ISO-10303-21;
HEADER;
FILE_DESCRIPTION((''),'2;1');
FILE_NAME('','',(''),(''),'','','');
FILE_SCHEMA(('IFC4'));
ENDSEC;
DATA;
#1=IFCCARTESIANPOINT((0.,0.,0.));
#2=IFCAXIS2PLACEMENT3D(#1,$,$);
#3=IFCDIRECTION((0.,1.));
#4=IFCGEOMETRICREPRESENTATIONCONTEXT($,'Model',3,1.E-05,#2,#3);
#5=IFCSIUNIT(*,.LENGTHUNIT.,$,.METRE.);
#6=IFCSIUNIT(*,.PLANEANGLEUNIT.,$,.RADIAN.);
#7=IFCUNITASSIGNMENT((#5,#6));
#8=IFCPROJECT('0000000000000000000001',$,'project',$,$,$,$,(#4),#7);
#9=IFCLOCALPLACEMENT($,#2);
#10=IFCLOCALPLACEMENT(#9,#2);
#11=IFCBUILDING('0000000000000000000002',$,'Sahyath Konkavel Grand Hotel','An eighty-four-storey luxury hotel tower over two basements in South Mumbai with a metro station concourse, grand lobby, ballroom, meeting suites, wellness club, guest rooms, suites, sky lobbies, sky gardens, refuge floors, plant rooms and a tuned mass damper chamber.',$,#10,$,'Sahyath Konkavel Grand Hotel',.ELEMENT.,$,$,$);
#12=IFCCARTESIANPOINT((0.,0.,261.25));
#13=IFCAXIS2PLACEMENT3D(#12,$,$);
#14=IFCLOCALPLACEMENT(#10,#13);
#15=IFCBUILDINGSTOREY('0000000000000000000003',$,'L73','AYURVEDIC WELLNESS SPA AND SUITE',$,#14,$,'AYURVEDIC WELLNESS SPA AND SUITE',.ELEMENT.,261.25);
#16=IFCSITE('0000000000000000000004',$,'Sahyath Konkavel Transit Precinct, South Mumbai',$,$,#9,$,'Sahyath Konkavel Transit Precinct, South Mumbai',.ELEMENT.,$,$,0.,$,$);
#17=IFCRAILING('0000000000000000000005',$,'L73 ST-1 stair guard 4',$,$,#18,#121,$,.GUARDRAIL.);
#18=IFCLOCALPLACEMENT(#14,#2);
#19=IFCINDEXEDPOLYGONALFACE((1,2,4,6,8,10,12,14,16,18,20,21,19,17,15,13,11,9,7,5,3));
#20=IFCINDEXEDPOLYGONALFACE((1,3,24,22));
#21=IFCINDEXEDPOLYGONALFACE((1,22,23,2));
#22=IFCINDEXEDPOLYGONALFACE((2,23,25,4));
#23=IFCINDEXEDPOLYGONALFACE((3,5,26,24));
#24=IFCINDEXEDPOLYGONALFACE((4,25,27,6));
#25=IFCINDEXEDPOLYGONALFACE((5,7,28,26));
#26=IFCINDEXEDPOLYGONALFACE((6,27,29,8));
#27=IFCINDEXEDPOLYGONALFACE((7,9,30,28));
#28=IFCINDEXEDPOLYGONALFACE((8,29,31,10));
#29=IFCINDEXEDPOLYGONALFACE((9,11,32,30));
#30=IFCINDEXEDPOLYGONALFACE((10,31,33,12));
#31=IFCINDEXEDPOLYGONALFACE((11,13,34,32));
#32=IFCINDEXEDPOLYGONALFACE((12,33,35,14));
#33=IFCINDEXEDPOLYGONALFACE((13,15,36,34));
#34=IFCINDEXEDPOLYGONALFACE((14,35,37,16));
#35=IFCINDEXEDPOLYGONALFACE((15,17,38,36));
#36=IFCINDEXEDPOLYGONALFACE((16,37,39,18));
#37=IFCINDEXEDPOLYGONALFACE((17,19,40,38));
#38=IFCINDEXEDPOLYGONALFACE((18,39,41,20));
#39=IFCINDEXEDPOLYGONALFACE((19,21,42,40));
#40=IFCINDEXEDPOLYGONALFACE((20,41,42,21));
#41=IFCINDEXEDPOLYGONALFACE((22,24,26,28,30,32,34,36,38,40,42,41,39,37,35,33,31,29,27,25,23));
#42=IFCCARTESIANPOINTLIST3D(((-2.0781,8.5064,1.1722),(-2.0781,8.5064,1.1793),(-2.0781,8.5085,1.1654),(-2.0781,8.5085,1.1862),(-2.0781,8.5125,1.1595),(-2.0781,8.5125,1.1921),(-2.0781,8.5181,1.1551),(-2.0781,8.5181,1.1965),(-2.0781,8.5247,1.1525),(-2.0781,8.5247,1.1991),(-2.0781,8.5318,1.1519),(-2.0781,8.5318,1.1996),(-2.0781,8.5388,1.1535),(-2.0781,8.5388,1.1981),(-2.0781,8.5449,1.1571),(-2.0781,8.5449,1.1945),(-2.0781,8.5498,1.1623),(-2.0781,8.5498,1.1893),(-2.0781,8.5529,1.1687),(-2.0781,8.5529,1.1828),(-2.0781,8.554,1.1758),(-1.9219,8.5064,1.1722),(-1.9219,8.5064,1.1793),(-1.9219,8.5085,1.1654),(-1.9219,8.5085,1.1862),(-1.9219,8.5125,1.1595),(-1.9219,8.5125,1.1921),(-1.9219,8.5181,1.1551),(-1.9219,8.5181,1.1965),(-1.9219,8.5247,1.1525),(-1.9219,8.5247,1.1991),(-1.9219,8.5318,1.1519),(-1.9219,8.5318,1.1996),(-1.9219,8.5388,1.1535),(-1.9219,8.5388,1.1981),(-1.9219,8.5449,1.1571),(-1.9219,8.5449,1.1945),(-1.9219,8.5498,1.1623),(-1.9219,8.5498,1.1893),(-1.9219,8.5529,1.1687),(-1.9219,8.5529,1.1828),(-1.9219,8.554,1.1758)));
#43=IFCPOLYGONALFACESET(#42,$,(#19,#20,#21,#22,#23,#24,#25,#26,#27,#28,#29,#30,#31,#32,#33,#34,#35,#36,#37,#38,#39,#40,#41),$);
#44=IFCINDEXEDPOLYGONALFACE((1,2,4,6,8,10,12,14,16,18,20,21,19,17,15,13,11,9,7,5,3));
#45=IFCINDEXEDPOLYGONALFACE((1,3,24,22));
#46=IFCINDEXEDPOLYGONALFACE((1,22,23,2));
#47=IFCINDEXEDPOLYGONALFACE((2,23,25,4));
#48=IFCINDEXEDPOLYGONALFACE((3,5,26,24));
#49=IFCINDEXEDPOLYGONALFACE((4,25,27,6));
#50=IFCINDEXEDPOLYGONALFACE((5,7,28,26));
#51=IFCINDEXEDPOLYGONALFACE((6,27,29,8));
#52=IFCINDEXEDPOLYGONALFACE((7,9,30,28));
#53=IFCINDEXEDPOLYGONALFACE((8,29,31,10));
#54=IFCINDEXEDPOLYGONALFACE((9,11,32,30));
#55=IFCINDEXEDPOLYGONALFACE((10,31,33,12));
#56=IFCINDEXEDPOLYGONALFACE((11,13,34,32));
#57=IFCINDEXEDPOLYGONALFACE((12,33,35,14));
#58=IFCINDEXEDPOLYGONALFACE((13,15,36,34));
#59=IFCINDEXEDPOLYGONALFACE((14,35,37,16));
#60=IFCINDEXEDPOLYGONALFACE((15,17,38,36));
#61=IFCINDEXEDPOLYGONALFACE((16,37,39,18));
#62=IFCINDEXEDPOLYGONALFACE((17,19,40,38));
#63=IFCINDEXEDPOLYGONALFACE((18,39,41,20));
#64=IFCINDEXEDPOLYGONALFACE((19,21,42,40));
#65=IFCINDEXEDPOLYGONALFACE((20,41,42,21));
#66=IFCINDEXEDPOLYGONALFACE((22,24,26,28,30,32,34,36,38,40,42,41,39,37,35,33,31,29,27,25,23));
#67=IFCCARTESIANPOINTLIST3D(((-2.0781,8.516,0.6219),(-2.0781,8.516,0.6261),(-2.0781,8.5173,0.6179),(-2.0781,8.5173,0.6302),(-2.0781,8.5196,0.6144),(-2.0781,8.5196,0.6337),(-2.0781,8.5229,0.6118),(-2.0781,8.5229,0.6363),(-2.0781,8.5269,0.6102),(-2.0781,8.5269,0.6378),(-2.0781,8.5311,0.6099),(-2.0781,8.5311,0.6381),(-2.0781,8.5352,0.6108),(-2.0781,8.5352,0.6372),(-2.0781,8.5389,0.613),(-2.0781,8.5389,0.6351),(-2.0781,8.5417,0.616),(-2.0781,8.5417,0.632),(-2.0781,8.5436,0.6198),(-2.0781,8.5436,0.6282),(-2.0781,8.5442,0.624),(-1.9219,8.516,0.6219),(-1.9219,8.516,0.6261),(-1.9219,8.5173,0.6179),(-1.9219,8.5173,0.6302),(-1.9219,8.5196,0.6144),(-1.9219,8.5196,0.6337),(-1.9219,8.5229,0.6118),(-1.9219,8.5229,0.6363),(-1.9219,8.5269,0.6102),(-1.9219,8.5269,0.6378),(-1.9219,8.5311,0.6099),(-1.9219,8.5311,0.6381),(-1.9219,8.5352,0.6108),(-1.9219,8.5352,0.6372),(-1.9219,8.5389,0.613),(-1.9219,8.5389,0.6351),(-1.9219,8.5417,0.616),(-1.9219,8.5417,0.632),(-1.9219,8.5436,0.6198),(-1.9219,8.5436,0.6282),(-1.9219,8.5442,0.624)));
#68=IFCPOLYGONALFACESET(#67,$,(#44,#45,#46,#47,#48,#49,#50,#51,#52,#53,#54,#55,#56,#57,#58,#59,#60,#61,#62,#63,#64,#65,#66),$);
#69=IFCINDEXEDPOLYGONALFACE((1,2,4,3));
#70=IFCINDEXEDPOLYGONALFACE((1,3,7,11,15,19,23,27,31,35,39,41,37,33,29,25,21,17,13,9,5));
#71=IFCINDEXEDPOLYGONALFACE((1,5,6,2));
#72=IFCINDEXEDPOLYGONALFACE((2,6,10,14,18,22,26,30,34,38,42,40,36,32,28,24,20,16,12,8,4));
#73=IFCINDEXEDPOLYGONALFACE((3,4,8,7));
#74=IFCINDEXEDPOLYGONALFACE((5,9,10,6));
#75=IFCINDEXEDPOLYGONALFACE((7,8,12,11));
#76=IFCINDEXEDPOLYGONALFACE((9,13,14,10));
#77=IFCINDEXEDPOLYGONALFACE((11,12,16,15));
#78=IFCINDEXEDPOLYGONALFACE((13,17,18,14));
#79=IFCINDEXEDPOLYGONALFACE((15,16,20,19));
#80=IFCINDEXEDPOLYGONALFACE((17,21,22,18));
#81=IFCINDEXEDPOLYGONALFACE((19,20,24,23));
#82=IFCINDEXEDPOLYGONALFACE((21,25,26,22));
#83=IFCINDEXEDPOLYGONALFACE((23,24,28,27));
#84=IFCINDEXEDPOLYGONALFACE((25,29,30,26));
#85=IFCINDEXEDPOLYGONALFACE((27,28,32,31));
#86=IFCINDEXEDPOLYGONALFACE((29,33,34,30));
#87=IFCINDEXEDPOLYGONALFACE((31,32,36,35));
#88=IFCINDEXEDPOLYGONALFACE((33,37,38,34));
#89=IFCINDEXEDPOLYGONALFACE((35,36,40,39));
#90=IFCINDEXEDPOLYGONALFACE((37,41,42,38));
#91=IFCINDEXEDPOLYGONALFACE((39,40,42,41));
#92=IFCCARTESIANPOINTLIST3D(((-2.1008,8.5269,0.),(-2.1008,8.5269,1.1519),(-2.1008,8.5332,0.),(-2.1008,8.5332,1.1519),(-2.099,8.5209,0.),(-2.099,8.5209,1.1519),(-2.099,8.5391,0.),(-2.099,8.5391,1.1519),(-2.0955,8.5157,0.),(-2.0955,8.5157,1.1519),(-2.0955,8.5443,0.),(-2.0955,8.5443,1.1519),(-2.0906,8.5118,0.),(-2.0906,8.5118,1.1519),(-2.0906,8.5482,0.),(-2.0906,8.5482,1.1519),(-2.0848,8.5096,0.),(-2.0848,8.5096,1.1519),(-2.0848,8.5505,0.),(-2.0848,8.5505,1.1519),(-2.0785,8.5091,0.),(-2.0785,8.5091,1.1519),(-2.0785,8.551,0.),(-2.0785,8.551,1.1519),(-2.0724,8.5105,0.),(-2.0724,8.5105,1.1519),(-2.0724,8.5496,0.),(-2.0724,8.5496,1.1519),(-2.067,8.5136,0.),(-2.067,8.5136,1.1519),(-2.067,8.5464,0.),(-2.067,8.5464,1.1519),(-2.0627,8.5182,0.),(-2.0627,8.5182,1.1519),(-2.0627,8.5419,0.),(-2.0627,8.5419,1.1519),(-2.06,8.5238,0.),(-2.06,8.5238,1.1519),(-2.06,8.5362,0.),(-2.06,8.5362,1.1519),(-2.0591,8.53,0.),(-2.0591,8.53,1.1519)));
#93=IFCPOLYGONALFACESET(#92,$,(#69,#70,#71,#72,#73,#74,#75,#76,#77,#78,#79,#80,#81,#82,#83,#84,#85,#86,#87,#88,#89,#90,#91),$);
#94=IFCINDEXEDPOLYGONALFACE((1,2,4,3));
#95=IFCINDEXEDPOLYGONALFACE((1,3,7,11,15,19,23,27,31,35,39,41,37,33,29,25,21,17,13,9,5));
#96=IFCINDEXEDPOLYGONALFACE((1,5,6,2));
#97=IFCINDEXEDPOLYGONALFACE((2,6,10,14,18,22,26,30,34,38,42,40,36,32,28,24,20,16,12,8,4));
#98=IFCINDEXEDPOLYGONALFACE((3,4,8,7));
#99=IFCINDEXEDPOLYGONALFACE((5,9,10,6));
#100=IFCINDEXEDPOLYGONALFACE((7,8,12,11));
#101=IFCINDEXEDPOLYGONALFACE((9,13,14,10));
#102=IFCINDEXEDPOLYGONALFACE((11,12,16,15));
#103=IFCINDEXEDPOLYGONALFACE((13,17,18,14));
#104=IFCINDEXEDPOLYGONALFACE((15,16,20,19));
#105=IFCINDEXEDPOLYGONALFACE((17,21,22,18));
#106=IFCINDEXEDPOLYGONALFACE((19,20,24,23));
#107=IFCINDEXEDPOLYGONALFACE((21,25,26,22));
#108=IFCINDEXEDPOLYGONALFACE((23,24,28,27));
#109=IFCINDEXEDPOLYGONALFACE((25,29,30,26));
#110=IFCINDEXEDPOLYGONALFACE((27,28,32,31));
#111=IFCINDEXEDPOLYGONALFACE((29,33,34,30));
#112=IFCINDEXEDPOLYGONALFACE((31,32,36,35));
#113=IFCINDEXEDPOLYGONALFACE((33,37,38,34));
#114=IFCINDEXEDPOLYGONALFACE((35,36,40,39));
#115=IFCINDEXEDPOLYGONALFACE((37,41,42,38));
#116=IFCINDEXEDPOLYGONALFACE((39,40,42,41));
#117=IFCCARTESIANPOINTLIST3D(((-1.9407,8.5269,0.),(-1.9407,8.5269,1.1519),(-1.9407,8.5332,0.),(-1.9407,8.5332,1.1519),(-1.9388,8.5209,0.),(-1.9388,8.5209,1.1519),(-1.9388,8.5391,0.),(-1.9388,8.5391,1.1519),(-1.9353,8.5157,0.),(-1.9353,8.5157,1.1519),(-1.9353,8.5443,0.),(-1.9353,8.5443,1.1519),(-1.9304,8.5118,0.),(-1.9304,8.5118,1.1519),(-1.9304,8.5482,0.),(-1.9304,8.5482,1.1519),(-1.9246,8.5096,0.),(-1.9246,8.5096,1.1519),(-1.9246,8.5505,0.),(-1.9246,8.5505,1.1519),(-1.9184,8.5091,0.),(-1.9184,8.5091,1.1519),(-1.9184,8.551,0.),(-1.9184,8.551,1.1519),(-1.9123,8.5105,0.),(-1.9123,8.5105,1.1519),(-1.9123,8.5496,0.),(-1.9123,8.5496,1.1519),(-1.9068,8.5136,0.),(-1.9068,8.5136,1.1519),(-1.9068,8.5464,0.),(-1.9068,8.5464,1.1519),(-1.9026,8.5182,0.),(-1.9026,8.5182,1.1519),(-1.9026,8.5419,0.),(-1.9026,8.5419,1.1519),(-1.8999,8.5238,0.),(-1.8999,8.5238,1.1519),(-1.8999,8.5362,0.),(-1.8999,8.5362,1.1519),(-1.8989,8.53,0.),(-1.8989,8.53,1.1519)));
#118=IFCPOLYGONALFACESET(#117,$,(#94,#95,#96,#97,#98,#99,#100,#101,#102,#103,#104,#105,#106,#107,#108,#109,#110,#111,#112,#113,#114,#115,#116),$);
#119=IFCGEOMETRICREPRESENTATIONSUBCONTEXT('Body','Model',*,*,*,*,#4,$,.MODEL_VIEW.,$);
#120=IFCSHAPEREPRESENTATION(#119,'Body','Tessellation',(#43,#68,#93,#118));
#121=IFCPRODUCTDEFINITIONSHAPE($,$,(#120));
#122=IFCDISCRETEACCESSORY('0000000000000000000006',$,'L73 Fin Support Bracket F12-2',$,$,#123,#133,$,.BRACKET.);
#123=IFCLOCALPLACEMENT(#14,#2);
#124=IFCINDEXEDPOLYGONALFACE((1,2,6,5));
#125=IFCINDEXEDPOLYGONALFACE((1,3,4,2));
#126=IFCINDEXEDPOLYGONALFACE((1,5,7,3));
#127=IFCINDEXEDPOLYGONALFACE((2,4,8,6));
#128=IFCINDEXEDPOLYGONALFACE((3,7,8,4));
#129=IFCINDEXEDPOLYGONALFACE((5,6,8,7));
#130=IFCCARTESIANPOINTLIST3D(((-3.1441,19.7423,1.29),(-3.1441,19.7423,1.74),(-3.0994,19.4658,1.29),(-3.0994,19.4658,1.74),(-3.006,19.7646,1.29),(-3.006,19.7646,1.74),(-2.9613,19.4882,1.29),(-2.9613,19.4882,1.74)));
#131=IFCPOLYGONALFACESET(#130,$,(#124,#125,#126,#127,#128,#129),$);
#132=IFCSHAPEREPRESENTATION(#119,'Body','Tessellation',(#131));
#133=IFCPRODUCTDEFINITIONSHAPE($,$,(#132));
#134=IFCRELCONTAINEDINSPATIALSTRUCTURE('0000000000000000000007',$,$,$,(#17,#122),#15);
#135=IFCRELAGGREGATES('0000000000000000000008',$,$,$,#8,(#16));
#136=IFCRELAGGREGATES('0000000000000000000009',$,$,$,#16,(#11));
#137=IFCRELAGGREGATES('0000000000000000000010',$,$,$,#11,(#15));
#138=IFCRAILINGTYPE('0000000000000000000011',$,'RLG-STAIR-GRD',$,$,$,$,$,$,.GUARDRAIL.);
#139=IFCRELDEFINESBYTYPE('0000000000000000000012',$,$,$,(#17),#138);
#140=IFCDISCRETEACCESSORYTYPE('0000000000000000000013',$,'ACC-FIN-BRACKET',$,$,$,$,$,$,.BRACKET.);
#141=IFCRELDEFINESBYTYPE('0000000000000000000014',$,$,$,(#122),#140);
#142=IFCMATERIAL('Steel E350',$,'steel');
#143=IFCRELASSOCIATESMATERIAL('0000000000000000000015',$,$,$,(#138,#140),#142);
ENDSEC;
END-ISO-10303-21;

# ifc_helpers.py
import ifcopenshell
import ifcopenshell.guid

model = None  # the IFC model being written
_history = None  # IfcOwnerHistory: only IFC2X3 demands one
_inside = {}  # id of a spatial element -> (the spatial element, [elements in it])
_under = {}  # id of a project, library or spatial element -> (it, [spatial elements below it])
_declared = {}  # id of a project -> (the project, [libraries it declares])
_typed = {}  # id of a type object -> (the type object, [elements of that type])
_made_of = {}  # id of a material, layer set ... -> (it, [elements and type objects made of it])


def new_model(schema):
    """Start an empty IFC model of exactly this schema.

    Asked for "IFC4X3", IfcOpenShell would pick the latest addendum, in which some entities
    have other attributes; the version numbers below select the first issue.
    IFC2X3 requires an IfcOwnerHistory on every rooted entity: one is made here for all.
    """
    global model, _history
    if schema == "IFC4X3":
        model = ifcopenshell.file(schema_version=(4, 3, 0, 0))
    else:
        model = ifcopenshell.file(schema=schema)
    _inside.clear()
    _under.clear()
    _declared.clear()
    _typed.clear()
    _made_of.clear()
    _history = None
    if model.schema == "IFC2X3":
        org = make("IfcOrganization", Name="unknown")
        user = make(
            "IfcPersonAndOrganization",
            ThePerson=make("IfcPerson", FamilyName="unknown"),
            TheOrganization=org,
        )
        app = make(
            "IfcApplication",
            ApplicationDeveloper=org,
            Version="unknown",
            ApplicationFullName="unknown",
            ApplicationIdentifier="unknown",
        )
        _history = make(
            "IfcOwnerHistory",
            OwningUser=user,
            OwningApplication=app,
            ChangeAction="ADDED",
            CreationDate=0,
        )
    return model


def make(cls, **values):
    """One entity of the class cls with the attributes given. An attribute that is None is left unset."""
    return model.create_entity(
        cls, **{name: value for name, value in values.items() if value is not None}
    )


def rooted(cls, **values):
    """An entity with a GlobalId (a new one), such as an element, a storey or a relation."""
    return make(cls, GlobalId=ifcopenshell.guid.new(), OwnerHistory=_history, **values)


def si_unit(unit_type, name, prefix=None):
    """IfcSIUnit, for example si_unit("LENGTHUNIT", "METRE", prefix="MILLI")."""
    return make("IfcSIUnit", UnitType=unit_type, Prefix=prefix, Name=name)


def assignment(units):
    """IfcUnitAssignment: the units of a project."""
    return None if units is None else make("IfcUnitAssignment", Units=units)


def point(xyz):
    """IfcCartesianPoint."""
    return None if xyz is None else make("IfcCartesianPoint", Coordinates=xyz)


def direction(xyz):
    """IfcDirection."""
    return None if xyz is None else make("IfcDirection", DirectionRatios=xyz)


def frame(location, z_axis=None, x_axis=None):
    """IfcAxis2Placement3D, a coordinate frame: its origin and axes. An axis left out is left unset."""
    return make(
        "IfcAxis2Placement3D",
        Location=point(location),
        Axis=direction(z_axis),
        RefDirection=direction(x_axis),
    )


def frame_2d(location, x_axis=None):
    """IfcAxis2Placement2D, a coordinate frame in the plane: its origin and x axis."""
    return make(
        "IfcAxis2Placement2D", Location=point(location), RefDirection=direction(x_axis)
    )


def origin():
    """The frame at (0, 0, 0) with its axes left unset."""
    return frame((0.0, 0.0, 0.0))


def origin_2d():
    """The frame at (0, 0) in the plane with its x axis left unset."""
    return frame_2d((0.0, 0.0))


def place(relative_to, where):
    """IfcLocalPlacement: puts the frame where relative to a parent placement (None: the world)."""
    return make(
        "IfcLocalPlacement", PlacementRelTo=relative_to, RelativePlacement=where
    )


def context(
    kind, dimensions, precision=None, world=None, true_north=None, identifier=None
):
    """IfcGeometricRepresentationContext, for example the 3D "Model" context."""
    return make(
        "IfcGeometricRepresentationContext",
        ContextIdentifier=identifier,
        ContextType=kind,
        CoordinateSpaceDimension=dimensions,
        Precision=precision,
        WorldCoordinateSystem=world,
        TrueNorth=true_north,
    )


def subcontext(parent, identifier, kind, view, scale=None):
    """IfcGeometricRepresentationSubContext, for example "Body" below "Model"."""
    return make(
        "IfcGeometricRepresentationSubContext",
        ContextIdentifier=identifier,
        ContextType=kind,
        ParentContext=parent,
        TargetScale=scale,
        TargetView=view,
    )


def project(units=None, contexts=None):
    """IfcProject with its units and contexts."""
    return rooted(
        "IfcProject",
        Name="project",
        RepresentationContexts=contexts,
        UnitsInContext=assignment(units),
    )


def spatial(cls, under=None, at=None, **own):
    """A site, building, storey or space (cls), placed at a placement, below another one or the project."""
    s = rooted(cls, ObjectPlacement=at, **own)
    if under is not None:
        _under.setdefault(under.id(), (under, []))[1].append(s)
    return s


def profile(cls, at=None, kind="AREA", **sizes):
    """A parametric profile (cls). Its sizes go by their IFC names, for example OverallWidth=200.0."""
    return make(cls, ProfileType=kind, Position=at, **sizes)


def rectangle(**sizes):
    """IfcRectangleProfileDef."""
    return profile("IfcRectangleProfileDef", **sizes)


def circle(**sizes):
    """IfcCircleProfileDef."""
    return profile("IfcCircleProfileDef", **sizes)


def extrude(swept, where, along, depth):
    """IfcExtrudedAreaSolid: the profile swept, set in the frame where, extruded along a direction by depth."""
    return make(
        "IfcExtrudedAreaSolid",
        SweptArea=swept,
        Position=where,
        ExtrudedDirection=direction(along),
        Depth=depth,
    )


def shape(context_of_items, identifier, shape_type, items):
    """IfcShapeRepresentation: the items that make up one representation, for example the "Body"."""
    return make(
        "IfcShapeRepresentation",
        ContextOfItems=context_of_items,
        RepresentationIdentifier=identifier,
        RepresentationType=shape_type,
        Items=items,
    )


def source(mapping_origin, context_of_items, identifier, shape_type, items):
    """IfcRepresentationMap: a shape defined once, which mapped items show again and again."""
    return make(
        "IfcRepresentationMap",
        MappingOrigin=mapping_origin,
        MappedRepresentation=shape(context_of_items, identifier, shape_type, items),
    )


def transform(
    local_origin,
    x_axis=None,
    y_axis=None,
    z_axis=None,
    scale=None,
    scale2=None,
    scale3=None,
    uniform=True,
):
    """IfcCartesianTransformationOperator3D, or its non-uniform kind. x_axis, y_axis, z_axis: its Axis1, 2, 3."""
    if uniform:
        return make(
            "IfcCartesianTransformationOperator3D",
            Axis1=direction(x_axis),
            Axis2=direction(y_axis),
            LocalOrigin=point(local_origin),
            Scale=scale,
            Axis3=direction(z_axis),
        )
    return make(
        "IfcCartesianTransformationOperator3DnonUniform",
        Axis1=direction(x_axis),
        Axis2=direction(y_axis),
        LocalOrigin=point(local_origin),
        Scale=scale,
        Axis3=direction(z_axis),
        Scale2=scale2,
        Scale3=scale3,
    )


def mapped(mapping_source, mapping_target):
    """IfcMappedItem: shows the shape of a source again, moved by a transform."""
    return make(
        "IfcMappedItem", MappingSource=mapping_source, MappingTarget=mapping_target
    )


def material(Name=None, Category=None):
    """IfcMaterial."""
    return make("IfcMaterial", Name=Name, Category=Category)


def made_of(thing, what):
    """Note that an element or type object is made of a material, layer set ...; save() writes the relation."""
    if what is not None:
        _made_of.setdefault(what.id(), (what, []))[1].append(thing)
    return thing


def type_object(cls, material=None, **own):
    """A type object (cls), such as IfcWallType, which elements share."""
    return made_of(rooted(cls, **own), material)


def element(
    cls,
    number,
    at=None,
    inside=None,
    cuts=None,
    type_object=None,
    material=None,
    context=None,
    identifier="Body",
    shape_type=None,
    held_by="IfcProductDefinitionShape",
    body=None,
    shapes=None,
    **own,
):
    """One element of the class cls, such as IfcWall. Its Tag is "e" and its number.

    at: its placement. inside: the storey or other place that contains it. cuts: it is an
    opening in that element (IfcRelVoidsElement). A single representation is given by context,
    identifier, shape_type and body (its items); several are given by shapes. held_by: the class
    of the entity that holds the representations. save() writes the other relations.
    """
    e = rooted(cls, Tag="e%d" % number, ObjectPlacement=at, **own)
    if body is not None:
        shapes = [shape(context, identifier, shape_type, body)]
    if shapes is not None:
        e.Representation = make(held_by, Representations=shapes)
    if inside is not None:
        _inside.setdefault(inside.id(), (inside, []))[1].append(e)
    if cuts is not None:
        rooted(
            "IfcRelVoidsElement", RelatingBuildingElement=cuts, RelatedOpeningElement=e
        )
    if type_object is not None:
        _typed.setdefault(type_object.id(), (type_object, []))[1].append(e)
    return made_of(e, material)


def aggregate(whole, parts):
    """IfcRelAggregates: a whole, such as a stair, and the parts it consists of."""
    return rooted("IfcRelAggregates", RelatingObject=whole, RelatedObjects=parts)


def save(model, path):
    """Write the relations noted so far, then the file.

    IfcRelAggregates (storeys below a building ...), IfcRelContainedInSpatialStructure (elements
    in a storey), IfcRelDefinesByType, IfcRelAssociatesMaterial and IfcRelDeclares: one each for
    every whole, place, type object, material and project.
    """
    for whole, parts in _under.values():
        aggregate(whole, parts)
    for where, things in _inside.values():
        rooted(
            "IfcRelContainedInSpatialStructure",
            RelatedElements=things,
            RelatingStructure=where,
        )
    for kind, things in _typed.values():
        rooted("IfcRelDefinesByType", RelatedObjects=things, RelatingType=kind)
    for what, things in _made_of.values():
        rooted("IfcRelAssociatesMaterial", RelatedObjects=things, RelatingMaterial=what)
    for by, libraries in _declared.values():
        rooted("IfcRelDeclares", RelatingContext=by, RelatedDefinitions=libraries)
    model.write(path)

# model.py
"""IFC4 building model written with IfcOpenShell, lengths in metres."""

from ifc_helpers import new_model, si_unit, direction, frame, origin, origin_2d, place, context, subcontext, project, spatial, rectangle, circle, extrude, source, transform, mapped, material, type_object, element, save


model = new_model("IFC4")

# Units and contexts
model_context = context("Model", 3, precision=1e-05, world=origin(), true_north=direction((0.0, 1.0)))
body_context = subcontext(model_context, "Body", "Model", "MODEL_VIEW")
ifc_project = project(units=[si_unit("LENGTHUNIT", "METRE"), si_unit("PLANEANGLEUNIT", "RADIAN")], contexts=[model_context])

# Site, building, storey
site_placement = place(None, origin())
site = spatial("IfcSite", under=ifc_project, at=site_placement, Name="Sahyath Konkavel Transit Precinct, South Mumbai", LongName="Sahyath Konkavel Transit Precinct, South Mumbai", CompositionType="ELEMENT", RefElevation=0.0)
building_placement = place(site_placement, origin())
building = spatial("IfcBuilding", under=site, at=building_placement, Name="Sahyath Konkavel Grand Hotel", Description="An eighty-four-storey luxury hotel tower over two basements in South Mumbai with a metro station concourse, grand lobby, ballroom, meeting suites, wellness club, guest rooms, suites, sky lobbies, sky gardens, refuge floors, plant rooms and a tuned mass damper chamber.", LongName="Sahyath Konkavel Grand Hotel", CompositionType="ELEMENT")
storey_placement = place(building_placement, frame((0.0, 0.0, 261.25)))
storey = spatial("IfcBuildingStorey", under=building, at=storey_placement, Name="L73", Description="AYURVEDIC WELLNESS SPA AND SUITE", LongName="AYURVEDIC WELLNESS SPA AND SUITE", CompositionType="ELEMENT", Elevation=261.25)

# Shared definitions
ifc_material_1 = material(Name="Steel E350", Category="steel")

# Railing
railing_type = type_object("IfcRailingType", Name="RLG-STAIR-GRD", PredefinedType="GUARDRAIL", material=ifc_material_1)
railing_1_placement = place(storey_placement, frame((-2.0801, 8.53, 0.0)))
element("IfcRailing", 1, at=railing_1_placement, inside=storey, type_object=railing_type, Name="L73 ST-1 stair guard 4", PredefinedType="GUARDRAIL", context=body_context, shape_type="SweptSolid", body=[
    extrude(circle(Radius=0.0239, at=origin_2d()), frame((0.002, 0.0, 1.1758), z_axis=(1.0, 0.0, 0.0), x_axis=(0.0, 1.0, 0.0)), (0.0, 0.0, 1.0), 0.1562),
    extrude(circle(Radius=0.0142, at=origin_2d()), frame((0.002, 0.0, 0.624), z_axis=(1.0, 0.0, 0.0), x_axis=(0.0, 1.0, 0.0)), (0.0, 0.0, 1.0), 0.1562),
    extrude(circle(Radius=0.021, at=origin_2d()), origin(), (0.0, 0.0, 1.0), 1.1519),
    extrude(circle(Radius=0.021, at=origin_2d()), frame((0.1602, 0.0, 0.0)), (0.0, 0.0, 1.0), 1.1519),
])

# Discrete accessory
discrete_accessory_type = type_object("IfcDiscreteAccessoryType", Name="ACC-FIN-BRACKET", PredefinedType="BRACKET", material=ifc_material_1)
shared_shape_1 = source(origin(), body_context, "Body", "SweptSolid", [
    extrude(rectangle(XDim=0.28, YDim=0.1399, at=origin_2d()), origin(), (0.0, 0.0, 1.0), 0.45),
])
discrete_accessory_placement = place(storey_placement, frame((-3.0527, 19.6152, 1.29), z_axis=(0.0, 0.0, 1.0), x_axis=(-0.159623, 0.987178, 0.0)))
element("IfcDiscreteAccessory", 2, at=discrete_accessory_placement, inside=storey, type_object=discrete_accessory_type, Name="L73 Fin Support Bracket F12-2", PredefinedType="BRACKET", context=body_context, shape_type="MappedRepresentation", body=[
    mapped(shared_shape_1, transform((0.0, 0.0, 0.0), scale=1.0)),
])

save(model, "model.ifc")
